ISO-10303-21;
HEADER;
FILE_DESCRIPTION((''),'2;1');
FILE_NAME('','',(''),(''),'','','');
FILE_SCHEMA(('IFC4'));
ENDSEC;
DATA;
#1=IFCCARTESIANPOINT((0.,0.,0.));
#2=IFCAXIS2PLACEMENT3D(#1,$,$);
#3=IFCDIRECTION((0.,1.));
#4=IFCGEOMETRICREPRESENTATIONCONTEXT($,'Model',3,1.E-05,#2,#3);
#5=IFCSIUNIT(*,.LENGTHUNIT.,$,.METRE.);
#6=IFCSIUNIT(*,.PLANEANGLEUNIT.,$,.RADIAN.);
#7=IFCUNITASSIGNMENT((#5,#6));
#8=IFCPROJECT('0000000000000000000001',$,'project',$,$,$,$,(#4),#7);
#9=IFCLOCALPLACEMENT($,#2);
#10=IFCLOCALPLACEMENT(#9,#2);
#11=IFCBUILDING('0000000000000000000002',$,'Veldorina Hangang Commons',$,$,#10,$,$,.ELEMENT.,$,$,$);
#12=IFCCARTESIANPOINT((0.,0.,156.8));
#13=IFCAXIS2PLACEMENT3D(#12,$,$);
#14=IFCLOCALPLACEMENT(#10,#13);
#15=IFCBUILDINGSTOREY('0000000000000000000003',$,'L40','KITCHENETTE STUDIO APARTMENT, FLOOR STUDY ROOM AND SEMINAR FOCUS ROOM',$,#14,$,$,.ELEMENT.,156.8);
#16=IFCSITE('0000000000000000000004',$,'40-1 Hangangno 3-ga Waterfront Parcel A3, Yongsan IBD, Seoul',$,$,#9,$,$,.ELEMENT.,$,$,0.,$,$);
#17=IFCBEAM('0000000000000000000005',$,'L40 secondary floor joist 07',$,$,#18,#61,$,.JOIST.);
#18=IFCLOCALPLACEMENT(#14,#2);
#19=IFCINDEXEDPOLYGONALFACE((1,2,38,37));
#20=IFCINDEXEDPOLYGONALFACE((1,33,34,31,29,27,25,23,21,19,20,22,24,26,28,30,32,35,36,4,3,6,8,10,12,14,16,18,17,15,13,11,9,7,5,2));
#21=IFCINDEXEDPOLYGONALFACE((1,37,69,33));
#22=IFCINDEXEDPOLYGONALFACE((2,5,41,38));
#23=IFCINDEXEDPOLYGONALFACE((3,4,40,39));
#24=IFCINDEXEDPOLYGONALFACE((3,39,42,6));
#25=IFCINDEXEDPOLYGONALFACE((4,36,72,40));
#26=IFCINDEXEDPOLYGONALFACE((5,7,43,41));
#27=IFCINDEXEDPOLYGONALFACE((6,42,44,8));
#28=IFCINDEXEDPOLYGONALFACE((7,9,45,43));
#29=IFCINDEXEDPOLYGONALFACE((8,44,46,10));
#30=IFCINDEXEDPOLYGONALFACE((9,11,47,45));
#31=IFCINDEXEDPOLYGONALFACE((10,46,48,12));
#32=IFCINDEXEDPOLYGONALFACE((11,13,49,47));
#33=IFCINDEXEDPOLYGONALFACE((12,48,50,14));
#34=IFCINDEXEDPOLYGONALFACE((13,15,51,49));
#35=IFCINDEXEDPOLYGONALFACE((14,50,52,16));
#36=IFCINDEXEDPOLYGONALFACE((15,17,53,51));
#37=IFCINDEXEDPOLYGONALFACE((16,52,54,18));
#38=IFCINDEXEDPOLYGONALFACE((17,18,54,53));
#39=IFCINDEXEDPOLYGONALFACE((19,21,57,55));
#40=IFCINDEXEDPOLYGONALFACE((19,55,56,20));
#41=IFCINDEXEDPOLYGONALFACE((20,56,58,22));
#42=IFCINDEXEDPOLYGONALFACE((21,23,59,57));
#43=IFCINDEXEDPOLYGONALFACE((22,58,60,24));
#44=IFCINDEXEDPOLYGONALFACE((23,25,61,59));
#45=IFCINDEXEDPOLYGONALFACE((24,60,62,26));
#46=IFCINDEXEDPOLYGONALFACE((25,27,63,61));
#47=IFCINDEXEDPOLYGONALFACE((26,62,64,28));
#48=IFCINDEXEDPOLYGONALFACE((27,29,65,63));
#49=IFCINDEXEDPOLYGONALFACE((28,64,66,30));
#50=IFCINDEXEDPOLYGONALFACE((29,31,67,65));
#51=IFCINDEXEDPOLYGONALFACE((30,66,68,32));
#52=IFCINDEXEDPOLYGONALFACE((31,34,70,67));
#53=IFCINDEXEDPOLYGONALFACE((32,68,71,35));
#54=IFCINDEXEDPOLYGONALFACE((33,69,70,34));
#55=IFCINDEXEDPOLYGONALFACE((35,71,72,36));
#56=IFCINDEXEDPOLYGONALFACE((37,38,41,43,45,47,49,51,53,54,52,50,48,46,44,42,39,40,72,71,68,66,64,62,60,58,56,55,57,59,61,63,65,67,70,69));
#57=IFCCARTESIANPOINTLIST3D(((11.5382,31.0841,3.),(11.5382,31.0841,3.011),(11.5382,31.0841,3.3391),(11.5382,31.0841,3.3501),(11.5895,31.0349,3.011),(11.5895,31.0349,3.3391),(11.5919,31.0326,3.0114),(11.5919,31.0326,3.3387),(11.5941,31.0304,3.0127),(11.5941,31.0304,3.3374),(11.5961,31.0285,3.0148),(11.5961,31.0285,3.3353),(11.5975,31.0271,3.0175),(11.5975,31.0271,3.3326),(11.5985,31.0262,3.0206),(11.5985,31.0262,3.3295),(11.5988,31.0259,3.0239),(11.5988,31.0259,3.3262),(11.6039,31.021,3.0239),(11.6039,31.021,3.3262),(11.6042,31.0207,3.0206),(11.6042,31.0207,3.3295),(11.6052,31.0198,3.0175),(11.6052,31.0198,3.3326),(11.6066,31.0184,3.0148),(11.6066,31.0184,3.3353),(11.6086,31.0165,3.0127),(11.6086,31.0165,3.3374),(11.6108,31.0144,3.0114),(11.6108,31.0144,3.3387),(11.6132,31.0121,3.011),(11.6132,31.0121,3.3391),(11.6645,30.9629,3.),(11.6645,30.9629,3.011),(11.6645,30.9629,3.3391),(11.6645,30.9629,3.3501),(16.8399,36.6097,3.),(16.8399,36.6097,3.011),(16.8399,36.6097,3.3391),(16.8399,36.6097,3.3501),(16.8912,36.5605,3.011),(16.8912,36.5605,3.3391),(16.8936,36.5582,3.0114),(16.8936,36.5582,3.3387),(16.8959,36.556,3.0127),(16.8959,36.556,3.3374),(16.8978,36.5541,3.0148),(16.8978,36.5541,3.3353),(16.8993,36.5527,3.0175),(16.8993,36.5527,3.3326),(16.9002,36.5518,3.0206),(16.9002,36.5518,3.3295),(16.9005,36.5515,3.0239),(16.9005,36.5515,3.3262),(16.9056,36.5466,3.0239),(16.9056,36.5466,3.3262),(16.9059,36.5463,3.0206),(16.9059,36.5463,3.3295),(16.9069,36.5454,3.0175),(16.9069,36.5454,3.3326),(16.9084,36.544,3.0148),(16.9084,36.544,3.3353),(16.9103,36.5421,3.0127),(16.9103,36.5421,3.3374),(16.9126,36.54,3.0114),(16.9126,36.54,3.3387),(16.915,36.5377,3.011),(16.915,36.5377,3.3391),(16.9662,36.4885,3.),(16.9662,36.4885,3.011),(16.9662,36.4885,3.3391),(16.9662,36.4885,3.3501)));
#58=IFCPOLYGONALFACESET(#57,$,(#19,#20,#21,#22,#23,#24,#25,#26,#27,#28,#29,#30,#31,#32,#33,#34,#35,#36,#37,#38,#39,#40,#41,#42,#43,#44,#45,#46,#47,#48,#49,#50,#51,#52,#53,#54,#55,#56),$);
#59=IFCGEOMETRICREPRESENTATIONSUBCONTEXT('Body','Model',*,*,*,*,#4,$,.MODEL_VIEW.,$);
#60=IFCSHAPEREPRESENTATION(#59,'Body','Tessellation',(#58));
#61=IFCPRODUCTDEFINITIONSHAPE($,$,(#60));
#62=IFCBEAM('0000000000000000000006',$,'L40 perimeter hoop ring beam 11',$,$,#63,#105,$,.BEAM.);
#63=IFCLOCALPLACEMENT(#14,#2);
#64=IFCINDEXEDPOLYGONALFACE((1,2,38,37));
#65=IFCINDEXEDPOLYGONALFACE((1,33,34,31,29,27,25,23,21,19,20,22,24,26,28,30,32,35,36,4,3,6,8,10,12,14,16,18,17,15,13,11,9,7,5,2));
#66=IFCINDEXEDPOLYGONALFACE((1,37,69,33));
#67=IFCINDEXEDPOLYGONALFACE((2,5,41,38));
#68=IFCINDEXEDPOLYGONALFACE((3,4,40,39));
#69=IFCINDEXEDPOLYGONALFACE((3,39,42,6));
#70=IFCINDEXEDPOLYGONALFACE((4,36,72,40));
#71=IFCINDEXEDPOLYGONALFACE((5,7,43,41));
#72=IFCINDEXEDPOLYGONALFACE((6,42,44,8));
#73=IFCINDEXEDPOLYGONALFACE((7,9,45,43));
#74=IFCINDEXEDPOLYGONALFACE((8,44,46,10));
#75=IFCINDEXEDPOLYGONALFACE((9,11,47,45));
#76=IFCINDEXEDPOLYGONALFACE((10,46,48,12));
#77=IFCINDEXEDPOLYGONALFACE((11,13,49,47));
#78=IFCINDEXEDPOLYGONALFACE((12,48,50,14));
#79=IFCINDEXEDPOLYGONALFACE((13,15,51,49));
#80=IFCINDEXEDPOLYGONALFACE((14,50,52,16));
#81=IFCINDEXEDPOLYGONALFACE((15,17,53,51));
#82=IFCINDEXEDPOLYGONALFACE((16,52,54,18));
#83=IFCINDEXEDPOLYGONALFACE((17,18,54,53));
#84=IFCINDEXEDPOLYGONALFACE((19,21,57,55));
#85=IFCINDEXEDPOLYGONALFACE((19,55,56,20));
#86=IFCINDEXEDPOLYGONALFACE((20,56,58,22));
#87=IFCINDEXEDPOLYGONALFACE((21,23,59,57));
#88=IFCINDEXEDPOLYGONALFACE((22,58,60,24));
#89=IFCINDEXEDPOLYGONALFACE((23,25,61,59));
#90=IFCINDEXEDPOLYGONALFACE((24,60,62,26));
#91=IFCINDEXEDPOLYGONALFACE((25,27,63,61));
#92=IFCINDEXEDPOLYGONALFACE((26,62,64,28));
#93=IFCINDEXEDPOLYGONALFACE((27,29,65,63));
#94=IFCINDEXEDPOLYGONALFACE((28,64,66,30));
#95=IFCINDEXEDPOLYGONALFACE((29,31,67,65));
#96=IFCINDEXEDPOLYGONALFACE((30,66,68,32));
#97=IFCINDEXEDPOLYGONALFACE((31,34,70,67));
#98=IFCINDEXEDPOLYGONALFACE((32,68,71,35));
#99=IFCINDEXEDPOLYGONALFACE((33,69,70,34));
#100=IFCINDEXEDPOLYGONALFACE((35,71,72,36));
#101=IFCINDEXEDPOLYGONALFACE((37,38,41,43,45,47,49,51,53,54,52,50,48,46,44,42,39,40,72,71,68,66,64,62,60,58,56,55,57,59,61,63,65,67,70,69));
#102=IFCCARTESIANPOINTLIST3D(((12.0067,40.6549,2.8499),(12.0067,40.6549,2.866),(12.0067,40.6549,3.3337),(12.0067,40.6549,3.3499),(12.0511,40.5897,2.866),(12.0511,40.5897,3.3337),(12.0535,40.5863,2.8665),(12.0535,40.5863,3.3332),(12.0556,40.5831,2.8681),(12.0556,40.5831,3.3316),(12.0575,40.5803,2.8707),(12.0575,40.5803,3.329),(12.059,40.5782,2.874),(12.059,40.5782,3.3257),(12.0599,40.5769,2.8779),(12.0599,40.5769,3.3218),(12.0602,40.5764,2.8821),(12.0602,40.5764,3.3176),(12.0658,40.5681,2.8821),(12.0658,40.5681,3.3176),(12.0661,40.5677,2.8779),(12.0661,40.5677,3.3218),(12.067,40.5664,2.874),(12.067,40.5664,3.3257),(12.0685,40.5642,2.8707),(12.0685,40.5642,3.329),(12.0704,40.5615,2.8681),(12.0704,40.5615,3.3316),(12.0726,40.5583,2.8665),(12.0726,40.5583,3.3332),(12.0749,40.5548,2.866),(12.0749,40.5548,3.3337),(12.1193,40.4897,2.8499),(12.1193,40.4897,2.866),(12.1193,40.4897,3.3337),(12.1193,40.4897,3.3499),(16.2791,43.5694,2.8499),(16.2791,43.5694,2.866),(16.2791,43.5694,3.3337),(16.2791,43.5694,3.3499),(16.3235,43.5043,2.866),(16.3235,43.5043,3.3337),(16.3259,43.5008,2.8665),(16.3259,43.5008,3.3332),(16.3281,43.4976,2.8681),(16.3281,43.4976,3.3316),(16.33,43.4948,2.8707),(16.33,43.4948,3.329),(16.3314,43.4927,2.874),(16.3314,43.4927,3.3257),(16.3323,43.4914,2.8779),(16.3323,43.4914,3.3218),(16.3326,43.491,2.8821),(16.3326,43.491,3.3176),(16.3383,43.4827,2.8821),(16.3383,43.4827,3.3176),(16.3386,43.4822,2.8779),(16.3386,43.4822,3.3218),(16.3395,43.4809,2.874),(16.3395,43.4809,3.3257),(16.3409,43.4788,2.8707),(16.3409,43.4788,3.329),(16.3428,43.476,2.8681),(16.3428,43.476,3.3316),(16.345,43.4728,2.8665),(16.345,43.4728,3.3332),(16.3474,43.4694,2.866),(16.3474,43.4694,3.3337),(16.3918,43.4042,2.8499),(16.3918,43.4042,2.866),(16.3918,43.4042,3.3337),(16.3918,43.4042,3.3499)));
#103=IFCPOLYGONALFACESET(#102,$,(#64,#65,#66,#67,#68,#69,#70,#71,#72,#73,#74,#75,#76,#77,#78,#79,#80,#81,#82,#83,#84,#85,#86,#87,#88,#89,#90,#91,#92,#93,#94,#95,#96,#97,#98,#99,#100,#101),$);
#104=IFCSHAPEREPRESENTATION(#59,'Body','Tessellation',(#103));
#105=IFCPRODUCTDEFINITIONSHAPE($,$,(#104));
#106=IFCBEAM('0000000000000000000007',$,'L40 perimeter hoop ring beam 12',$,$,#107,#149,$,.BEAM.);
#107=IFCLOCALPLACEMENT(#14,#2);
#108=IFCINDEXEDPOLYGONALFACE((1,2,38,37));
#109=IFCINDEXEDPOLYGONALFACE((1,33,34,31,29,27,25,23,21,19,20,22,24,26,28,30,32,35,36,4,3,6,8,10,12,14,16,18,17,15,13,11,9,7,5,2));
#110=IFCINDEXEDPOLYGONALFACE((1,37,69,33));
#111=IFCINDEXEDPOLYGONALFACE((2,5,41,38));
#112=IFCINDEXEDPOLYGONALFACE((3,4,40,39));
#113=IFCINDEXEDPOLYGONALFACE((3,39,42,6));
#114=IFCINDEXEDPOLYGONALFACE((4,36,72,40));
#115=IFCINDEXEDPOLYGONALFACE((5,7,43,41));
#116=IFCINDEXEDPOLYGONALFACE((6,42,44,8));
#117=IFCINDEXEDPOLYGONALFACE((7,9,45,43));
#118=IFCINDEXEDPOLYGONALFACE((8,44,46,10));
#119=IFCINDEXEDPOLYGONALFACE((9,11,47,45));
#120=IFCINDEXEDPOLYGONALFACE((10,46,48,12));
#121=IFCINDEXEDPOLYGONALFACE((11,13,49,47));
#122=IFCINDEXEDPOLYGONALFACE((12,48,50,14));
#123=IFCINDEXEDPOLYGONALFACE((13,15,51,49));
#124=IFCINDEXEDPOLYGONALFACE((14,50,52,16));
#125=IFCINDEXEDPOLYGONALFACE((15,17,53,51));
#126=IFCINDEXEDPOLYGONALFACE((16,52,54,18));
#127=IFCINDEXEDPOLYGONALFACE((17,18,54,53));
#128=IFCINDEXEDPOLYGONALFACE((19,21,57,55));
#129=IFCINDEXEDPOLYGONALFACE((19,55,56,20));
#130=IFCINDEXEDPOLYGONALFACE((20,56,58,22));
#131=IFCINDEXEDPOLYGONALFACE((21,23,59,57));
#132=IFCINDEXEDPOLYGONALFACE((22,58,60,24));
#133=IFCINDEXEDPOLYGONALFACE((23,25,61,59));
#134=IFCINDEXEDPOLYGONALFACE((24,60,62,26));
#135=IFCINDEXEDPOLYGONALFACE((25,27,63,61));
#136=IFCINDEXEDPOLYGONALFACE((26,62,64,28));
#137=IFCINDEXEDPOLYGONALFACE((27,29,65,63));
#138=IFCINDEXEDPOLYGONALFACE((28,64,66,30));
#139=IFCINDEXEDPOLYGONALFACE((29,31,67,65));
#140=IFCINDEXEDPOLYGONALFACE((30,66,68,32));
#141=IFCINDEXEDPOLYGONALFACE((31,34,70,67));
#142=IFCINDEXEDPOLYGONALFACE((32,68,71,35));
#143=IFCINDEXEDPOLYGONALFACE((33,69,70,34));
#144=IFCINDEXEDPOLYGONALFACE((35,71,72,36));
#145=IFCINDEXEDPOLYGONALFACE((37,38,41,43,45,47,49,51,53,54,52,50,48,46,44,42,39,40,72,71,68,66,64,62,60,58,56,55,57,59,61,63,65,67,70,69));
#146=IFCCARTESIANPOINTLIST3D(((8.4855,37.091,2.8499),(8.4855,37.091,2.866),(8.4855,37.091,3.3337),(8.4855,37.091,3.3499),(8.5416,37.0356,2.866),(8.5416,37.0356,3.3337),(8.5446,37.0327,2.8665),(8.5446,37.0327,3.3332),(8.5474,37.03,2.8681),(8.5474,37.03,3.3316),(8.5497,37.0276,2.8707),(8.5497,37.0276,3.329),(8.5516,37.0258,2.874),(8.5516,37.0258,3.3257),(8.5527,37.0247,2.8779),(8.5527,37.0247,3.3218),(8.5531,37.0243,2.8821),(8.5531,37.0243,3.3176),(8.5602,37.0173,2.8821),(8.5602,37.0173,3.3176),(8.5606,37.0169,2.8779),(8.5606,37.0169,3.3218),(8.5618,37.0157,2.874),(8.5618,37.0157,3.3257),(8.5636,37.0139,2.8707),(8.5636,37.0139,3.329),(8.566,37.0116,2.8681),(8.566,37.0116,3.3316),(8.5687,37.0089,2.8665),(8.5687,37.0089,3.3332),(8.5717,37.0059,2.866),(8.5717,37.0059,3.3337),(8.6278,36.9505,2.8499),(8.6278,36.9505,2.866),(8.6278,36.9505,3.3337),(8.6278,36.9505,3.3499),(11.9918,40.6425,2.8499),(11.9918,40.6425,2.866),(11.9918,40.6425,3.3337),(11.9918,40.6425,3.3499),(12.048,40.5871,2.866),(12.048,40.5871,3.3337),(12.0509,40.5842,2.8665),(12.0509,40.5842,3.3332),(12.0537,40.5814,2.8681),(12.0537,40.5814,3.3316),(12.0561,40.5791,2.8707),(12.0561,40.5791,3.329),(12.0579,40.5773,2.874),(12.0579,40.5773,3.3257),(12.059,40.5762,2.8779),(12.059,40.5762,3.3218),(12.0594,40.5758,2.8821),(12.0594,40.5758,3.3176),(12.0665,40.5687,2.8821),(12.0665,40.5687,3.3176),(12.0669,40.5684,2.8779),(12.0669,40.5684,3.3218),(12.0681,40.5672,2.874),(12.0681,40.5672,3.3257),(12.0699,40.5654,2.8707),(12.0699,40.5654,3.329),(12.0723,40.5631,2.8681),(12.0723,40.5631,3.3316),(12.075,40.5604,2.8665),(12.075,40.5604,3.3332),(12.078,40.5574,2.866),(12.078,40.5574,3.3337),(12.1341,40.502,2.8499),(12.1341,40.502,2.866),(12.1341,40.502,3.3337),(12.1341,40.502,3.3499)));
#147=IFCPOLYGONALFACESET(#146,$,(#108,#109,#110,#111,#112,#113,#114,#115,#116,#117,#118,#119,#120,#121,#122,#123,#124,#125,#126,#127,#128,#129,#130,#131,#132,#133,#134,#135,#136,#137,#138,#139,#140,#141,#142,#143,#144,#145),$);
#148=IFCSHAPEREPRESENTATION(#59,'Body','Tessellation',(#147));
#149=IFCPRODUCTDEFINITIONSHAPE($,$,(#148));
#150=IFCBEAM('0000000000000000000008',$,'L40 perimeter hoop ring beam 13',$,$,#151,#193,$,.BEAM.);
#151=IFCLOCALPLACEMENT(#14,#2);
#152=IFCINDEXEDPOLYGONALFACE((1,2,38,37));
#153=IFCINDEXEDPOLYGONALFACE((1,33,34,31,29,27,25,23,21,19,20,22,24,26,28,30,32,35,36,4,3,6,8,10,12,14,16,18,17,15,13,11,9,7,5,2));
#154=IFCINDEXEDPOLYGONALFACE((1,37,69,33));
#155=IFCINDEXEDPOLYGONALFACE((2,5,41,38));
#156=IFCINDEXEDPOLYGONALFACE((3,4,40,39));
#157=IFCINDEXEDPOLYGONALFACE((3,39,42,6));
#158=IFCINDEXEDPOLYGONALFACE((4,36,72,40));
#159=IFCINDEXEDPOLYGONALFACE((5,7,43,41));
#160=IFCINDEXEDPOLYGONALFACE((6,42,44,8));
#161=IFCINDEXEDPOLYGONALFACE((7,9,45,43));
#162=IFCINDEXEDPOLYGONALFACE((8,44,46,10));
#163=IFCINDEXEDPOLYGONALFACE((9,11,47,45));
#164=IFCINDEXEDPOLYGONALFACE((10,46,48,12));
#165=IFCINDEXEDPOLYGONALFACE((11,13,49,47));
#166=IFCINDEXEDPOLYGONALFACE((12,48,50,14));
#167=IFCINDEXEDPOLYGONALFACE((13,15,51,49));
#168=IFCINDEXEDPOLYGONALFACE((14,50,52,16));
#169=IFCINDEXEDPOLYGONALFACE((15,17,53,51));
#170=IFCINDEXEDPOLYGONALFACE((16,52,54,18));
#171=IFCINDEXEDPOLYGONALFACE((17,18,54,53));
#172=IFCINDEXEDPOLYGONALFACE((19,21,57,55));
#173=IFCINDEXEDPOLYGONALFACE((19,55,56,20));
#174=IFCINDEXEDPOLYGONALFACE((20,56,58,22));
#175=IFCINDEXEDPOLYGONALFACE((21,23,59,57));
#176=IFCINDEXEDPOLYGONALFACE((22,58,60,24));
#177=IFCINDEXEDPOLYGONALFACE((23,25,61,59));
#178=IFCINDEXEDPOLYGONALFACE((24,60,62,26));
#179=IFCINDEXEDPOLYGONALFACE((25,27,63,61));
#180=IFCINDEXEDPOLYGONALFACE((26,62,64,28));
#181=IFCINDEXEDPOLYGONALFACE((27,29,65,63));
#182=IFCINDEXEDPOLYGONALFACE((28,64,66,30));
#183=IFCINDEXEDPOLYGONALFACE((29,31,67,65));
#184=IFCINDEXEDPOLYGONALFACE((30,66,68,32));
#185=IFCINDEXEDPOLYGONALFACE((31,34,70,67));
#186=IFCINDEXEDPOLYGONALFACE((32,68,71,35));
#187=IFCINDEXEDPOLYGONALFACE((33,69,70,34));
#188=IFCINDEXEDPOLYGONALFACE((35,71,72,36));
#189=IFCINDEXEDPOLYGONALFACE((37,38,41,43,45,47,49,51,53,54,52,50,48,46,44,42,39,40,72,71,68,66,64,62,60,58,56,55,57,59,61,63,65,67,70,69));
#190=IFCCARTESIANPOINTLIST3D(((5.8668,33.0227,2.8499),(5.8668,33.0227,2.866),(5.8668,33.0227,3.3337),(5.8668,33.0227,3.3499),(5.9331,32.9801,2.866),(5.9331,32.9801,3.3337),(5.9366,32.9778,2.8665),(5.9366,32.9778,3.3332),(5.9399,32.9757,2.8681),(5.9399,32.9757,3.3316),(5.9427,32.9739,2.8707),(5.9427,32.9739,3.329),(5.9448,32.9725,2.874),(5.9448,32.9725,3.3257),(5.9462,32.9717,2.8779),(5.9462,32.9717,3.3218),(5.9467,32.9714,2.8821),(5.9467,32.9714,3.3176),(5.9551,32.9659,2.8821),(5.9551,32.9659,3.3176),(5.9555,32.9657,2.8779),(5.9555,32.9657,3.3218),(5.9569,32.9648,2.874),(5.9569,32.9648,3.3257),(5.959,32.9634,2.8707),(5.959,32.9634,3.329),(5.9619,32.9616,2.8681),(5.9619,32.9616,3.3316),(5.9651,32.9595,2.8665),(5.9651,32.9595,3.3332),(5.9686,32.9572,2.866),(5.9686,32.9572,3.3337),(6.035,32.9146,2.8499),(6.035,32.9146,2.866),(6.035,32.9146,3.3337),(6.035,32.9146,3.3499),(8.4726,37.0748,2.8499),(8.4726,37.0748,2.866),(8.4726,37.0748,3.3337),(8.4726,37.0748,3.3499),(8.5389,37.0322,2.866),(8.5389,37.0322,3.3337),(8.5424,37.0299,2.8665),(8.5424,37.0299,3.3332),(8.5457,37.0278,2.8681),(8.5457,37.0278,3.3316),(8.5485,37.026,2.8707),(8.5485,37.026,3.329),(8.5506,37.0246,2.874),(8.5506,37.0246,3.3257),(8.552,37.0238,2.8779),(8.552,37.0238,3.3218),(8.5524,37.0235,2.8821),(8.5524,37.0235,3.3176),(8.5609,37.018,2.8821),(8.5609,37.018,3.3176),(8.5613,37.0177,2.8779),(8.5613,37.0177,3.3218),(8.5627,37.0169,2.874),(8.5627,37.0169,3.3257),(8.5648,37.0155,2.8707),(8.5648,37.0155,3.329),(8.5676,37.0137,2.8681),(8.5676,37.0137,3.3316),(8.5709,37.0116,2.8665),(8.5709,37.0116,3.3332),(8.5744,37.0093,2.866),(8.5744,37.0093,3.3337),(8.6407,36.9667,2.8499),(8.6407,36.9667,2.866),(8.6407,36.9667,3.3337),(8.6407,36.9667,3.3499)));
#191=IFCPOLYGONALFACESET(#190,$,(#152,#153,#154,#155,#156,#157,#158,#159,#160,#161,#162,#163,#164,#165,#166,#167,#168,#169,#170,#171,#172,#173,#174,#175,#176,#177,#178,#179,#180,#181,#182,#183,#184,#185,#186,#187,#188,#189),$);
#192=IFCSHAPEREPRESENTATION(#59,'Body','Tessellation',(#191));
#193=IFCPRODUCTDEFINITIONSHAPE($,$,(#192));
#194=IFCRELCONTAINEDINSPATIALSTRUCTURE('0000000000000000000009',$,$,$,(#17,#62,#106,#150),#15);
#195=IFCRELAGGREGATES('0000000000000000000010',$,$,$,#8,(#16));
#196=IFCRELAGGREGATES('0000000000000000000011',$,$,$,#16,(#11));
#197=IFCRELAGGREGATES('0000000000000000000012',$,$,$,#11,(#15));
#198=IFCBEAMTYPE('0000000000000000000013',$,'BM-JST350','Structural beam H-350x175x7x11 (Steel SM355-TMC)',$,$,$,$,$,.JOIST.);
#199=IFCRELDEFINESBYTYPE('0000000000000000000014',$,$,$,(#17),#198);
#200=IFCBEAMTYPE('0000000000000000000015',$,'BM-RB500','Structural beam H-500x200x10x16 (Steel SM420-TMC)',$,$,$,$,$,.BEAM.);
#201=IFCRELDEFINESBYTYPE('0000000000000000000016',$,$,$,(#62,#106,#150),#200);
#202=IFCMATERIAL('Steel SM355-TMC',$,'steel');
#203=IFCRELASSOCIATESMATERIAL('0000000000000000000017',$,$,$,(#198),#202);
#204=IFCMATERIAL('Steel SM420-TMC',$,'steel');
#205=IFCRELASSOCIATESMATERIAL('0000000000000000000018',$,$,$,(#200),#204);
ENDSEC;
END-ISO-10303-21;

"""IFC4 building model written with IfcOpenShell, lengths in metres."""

from ifc_helpers import new_model, si_unit, direction, frame, origin, origin_2d, place, context, subcontext, project, spatial, i_section, extrude, material, material_profile, profile_set, type_object, element, save


model = new_model("IFC4")

# Units and contexts
model_context = context("Model", 3, precision=1e-05, world=origin(), true_north=direction((0.0, 1.0)))
body_context = subcontext(model_context, "Body", "Model", "MODEL_VIEW")
ifc_project = project(units=[si_unit("LENGTHUNIT", "METRE"), si_unit("PLANEANGLEUNIT", "RADIAN")], contexts=[model_context])

# Site, building, storey
site_placement = place(None, origin())
site = spatial("IfcSite", under=ifc_project, at=site_placement, Name="40-1 Hangangno 3-ga Waterfront Parcel A3, Yongsan IBD, Seoul", CompositionType="ELEMENT", RefElevation=0.0)
building_placement = place(site_placement, origin())
building = spatial("IfcBuilding", under=site, at=building_placement, Name="Veldorina Hangang Commons", CompositionType="ELEMENT")
storey_placement = place(building_placement, frame((0.0, 0.0, 156.8)))
storey = spatial("IfcBuildingStorey", under=building, at=storey_placement, Name="L40", Description="KITCHENETTE STUDIO APARTMENT, FLOOR STUDY ROOM AND SEMINAR FOCUS ROOM", CompositionType="ELEMENT", Elevation=156.8)

# Beams
ifc_material_1 = material(Name="Steel SM355-TMC", Category="steel")
ifc_material_profile_1 = material_profile(ifc_material_1, i_section(OverallWidth=0.175, OverallDepth=0.3501, WebThickness=0.0071, FlangeThickness=0.011, FilletRadius=0.0129, at=origin_2d()), Name="H-350x175x7x11")
ifc_profile_set_1 = profile_set([ifc_material_profile_1], Name="Steel SM355-TMC")
beam_type_1 = type_object("IfcBeamType", Name="BM-JST350", Description="Structural beam H-350x175x7x11 (Steel SM355-TMC)", PredefinedType="JOIST", material=ifc_profile_set_1)
beam_1_placement = place(storey_placement, frame((16.9031, 36.5491, 3.175), z_axis=(-0.692338, -0.721573, 0.0), x_axis=(0.721573, -0.692338, 0.0)))
element("IfcBeam", 1, at=beam_1_placement, inside=storey, type_object=beam_type_1, Name="L40 secondary floor joist 07", PredefinedType="JOIST", context=body_context, shape_type="SweptSolid", body=[
    extrude(i_section(OverallWidth=0.175, OverallDepth=0.3501, WebThickness=0.0071, FlangeThickness=0.011, FilletRadius=0.0129, at=origin_2d()), origin(), (0.0, 0.0, 1.0), 7.6577),
])
ifc_material_2 = material(Name="Steel SM420-TMC", Category="steel")
ifc_material_profile_2 = material_profile(ifc_material_2, i_section(OverallWidth=0.2, OverallDepth=0.5, WebThickness=0.01, FlangeThickness=0.0161, FilletRadius=0.0161, at=origin_2d()), Name="H-500x200x10x16")
ifc_profile_set_2 = profile_set([ifc_material_profile_2], Name="Steel SM420-TMC")
beam_type_2 = type_object("IfcBeamType", Name="BM-RB500", Description="Structural beam H-500x200x10x16 (Steel SM420-TMC)", PredefinedType="BEAM", material=ifc_profile_set_2)
beam_2_placement = place(storey_placement, frame((16.3354, 43.4868, 3.0999), z_axis=(-0.826091, -0.563536, 0.0), x_axis=(0.563536, -0.826091, 0.0)))
element("IfcBeam", 2, at=beam_2_placement, inside=storey, type_object=beam_type_2, Name="L40 perimeter hoop ring beam 11", PredefinedType="BEAM", context=body_context, shape_type="SweptSolid", body=[
    extrude(i_section(OverallWidth=0.2, OverallDepth=0.5, WebThickness=0.01, FlangeThickness=0.0161, FilletRadius=0.0161, at=origin_2d()), origin(), (0.0, 0.0, 1.0), 5.1719),
])
beam_3_placement = place(storey_placement, frame((12.063, 40.5723, 3.0999), z_axis=(-0.702567, -0.711617, 0.0), x_axis=(0.711617, -0.702567, 0.0)))
element("IfcBeam", 3, at=beam_3_placement, inside=storey, type_object=beam_type_2, Name="L40 perimeter hoop ring beam 12", PredefinedType="BEAM", context=body_context, shape_type="SweptSolid", body=[
    extrude(i_section(OverallWidth=0.2, OverallDepth=0.5, WebThickness=0.01, FlangeThickness=0.0161, FilletRadius=0.0161, at=origin_2d()), origin(), (0.0, 0.0, 1.0), 4.9907),
])
beam_4_placement = place(storey_placement, frame((8.5566, 37.0208, 3.0999), z_axis=(-0.540883, -0.841098, 0.0), x_axis=(0.841098, -0.540883, 0.0)))
element("IfcBeam", 4, at=beam_4_placement, inside=storey, type_object=beam_type_2, Name="L40 perimeter hoop ring beam 13", PredefinedType="BEAM", context=body_context, shape_type="SweptSolid", body=[
    extrude(i_section(OverallWidth=0.2, OverallDepth=0.5, WebThickness=0.01, FlangeThickness=0.0161, FilletRadius=0.0161, at=origin_2d()), origin(), (0.0, 0.0, 1.0), 4.8176),
])

save(model, "model.ifc")
